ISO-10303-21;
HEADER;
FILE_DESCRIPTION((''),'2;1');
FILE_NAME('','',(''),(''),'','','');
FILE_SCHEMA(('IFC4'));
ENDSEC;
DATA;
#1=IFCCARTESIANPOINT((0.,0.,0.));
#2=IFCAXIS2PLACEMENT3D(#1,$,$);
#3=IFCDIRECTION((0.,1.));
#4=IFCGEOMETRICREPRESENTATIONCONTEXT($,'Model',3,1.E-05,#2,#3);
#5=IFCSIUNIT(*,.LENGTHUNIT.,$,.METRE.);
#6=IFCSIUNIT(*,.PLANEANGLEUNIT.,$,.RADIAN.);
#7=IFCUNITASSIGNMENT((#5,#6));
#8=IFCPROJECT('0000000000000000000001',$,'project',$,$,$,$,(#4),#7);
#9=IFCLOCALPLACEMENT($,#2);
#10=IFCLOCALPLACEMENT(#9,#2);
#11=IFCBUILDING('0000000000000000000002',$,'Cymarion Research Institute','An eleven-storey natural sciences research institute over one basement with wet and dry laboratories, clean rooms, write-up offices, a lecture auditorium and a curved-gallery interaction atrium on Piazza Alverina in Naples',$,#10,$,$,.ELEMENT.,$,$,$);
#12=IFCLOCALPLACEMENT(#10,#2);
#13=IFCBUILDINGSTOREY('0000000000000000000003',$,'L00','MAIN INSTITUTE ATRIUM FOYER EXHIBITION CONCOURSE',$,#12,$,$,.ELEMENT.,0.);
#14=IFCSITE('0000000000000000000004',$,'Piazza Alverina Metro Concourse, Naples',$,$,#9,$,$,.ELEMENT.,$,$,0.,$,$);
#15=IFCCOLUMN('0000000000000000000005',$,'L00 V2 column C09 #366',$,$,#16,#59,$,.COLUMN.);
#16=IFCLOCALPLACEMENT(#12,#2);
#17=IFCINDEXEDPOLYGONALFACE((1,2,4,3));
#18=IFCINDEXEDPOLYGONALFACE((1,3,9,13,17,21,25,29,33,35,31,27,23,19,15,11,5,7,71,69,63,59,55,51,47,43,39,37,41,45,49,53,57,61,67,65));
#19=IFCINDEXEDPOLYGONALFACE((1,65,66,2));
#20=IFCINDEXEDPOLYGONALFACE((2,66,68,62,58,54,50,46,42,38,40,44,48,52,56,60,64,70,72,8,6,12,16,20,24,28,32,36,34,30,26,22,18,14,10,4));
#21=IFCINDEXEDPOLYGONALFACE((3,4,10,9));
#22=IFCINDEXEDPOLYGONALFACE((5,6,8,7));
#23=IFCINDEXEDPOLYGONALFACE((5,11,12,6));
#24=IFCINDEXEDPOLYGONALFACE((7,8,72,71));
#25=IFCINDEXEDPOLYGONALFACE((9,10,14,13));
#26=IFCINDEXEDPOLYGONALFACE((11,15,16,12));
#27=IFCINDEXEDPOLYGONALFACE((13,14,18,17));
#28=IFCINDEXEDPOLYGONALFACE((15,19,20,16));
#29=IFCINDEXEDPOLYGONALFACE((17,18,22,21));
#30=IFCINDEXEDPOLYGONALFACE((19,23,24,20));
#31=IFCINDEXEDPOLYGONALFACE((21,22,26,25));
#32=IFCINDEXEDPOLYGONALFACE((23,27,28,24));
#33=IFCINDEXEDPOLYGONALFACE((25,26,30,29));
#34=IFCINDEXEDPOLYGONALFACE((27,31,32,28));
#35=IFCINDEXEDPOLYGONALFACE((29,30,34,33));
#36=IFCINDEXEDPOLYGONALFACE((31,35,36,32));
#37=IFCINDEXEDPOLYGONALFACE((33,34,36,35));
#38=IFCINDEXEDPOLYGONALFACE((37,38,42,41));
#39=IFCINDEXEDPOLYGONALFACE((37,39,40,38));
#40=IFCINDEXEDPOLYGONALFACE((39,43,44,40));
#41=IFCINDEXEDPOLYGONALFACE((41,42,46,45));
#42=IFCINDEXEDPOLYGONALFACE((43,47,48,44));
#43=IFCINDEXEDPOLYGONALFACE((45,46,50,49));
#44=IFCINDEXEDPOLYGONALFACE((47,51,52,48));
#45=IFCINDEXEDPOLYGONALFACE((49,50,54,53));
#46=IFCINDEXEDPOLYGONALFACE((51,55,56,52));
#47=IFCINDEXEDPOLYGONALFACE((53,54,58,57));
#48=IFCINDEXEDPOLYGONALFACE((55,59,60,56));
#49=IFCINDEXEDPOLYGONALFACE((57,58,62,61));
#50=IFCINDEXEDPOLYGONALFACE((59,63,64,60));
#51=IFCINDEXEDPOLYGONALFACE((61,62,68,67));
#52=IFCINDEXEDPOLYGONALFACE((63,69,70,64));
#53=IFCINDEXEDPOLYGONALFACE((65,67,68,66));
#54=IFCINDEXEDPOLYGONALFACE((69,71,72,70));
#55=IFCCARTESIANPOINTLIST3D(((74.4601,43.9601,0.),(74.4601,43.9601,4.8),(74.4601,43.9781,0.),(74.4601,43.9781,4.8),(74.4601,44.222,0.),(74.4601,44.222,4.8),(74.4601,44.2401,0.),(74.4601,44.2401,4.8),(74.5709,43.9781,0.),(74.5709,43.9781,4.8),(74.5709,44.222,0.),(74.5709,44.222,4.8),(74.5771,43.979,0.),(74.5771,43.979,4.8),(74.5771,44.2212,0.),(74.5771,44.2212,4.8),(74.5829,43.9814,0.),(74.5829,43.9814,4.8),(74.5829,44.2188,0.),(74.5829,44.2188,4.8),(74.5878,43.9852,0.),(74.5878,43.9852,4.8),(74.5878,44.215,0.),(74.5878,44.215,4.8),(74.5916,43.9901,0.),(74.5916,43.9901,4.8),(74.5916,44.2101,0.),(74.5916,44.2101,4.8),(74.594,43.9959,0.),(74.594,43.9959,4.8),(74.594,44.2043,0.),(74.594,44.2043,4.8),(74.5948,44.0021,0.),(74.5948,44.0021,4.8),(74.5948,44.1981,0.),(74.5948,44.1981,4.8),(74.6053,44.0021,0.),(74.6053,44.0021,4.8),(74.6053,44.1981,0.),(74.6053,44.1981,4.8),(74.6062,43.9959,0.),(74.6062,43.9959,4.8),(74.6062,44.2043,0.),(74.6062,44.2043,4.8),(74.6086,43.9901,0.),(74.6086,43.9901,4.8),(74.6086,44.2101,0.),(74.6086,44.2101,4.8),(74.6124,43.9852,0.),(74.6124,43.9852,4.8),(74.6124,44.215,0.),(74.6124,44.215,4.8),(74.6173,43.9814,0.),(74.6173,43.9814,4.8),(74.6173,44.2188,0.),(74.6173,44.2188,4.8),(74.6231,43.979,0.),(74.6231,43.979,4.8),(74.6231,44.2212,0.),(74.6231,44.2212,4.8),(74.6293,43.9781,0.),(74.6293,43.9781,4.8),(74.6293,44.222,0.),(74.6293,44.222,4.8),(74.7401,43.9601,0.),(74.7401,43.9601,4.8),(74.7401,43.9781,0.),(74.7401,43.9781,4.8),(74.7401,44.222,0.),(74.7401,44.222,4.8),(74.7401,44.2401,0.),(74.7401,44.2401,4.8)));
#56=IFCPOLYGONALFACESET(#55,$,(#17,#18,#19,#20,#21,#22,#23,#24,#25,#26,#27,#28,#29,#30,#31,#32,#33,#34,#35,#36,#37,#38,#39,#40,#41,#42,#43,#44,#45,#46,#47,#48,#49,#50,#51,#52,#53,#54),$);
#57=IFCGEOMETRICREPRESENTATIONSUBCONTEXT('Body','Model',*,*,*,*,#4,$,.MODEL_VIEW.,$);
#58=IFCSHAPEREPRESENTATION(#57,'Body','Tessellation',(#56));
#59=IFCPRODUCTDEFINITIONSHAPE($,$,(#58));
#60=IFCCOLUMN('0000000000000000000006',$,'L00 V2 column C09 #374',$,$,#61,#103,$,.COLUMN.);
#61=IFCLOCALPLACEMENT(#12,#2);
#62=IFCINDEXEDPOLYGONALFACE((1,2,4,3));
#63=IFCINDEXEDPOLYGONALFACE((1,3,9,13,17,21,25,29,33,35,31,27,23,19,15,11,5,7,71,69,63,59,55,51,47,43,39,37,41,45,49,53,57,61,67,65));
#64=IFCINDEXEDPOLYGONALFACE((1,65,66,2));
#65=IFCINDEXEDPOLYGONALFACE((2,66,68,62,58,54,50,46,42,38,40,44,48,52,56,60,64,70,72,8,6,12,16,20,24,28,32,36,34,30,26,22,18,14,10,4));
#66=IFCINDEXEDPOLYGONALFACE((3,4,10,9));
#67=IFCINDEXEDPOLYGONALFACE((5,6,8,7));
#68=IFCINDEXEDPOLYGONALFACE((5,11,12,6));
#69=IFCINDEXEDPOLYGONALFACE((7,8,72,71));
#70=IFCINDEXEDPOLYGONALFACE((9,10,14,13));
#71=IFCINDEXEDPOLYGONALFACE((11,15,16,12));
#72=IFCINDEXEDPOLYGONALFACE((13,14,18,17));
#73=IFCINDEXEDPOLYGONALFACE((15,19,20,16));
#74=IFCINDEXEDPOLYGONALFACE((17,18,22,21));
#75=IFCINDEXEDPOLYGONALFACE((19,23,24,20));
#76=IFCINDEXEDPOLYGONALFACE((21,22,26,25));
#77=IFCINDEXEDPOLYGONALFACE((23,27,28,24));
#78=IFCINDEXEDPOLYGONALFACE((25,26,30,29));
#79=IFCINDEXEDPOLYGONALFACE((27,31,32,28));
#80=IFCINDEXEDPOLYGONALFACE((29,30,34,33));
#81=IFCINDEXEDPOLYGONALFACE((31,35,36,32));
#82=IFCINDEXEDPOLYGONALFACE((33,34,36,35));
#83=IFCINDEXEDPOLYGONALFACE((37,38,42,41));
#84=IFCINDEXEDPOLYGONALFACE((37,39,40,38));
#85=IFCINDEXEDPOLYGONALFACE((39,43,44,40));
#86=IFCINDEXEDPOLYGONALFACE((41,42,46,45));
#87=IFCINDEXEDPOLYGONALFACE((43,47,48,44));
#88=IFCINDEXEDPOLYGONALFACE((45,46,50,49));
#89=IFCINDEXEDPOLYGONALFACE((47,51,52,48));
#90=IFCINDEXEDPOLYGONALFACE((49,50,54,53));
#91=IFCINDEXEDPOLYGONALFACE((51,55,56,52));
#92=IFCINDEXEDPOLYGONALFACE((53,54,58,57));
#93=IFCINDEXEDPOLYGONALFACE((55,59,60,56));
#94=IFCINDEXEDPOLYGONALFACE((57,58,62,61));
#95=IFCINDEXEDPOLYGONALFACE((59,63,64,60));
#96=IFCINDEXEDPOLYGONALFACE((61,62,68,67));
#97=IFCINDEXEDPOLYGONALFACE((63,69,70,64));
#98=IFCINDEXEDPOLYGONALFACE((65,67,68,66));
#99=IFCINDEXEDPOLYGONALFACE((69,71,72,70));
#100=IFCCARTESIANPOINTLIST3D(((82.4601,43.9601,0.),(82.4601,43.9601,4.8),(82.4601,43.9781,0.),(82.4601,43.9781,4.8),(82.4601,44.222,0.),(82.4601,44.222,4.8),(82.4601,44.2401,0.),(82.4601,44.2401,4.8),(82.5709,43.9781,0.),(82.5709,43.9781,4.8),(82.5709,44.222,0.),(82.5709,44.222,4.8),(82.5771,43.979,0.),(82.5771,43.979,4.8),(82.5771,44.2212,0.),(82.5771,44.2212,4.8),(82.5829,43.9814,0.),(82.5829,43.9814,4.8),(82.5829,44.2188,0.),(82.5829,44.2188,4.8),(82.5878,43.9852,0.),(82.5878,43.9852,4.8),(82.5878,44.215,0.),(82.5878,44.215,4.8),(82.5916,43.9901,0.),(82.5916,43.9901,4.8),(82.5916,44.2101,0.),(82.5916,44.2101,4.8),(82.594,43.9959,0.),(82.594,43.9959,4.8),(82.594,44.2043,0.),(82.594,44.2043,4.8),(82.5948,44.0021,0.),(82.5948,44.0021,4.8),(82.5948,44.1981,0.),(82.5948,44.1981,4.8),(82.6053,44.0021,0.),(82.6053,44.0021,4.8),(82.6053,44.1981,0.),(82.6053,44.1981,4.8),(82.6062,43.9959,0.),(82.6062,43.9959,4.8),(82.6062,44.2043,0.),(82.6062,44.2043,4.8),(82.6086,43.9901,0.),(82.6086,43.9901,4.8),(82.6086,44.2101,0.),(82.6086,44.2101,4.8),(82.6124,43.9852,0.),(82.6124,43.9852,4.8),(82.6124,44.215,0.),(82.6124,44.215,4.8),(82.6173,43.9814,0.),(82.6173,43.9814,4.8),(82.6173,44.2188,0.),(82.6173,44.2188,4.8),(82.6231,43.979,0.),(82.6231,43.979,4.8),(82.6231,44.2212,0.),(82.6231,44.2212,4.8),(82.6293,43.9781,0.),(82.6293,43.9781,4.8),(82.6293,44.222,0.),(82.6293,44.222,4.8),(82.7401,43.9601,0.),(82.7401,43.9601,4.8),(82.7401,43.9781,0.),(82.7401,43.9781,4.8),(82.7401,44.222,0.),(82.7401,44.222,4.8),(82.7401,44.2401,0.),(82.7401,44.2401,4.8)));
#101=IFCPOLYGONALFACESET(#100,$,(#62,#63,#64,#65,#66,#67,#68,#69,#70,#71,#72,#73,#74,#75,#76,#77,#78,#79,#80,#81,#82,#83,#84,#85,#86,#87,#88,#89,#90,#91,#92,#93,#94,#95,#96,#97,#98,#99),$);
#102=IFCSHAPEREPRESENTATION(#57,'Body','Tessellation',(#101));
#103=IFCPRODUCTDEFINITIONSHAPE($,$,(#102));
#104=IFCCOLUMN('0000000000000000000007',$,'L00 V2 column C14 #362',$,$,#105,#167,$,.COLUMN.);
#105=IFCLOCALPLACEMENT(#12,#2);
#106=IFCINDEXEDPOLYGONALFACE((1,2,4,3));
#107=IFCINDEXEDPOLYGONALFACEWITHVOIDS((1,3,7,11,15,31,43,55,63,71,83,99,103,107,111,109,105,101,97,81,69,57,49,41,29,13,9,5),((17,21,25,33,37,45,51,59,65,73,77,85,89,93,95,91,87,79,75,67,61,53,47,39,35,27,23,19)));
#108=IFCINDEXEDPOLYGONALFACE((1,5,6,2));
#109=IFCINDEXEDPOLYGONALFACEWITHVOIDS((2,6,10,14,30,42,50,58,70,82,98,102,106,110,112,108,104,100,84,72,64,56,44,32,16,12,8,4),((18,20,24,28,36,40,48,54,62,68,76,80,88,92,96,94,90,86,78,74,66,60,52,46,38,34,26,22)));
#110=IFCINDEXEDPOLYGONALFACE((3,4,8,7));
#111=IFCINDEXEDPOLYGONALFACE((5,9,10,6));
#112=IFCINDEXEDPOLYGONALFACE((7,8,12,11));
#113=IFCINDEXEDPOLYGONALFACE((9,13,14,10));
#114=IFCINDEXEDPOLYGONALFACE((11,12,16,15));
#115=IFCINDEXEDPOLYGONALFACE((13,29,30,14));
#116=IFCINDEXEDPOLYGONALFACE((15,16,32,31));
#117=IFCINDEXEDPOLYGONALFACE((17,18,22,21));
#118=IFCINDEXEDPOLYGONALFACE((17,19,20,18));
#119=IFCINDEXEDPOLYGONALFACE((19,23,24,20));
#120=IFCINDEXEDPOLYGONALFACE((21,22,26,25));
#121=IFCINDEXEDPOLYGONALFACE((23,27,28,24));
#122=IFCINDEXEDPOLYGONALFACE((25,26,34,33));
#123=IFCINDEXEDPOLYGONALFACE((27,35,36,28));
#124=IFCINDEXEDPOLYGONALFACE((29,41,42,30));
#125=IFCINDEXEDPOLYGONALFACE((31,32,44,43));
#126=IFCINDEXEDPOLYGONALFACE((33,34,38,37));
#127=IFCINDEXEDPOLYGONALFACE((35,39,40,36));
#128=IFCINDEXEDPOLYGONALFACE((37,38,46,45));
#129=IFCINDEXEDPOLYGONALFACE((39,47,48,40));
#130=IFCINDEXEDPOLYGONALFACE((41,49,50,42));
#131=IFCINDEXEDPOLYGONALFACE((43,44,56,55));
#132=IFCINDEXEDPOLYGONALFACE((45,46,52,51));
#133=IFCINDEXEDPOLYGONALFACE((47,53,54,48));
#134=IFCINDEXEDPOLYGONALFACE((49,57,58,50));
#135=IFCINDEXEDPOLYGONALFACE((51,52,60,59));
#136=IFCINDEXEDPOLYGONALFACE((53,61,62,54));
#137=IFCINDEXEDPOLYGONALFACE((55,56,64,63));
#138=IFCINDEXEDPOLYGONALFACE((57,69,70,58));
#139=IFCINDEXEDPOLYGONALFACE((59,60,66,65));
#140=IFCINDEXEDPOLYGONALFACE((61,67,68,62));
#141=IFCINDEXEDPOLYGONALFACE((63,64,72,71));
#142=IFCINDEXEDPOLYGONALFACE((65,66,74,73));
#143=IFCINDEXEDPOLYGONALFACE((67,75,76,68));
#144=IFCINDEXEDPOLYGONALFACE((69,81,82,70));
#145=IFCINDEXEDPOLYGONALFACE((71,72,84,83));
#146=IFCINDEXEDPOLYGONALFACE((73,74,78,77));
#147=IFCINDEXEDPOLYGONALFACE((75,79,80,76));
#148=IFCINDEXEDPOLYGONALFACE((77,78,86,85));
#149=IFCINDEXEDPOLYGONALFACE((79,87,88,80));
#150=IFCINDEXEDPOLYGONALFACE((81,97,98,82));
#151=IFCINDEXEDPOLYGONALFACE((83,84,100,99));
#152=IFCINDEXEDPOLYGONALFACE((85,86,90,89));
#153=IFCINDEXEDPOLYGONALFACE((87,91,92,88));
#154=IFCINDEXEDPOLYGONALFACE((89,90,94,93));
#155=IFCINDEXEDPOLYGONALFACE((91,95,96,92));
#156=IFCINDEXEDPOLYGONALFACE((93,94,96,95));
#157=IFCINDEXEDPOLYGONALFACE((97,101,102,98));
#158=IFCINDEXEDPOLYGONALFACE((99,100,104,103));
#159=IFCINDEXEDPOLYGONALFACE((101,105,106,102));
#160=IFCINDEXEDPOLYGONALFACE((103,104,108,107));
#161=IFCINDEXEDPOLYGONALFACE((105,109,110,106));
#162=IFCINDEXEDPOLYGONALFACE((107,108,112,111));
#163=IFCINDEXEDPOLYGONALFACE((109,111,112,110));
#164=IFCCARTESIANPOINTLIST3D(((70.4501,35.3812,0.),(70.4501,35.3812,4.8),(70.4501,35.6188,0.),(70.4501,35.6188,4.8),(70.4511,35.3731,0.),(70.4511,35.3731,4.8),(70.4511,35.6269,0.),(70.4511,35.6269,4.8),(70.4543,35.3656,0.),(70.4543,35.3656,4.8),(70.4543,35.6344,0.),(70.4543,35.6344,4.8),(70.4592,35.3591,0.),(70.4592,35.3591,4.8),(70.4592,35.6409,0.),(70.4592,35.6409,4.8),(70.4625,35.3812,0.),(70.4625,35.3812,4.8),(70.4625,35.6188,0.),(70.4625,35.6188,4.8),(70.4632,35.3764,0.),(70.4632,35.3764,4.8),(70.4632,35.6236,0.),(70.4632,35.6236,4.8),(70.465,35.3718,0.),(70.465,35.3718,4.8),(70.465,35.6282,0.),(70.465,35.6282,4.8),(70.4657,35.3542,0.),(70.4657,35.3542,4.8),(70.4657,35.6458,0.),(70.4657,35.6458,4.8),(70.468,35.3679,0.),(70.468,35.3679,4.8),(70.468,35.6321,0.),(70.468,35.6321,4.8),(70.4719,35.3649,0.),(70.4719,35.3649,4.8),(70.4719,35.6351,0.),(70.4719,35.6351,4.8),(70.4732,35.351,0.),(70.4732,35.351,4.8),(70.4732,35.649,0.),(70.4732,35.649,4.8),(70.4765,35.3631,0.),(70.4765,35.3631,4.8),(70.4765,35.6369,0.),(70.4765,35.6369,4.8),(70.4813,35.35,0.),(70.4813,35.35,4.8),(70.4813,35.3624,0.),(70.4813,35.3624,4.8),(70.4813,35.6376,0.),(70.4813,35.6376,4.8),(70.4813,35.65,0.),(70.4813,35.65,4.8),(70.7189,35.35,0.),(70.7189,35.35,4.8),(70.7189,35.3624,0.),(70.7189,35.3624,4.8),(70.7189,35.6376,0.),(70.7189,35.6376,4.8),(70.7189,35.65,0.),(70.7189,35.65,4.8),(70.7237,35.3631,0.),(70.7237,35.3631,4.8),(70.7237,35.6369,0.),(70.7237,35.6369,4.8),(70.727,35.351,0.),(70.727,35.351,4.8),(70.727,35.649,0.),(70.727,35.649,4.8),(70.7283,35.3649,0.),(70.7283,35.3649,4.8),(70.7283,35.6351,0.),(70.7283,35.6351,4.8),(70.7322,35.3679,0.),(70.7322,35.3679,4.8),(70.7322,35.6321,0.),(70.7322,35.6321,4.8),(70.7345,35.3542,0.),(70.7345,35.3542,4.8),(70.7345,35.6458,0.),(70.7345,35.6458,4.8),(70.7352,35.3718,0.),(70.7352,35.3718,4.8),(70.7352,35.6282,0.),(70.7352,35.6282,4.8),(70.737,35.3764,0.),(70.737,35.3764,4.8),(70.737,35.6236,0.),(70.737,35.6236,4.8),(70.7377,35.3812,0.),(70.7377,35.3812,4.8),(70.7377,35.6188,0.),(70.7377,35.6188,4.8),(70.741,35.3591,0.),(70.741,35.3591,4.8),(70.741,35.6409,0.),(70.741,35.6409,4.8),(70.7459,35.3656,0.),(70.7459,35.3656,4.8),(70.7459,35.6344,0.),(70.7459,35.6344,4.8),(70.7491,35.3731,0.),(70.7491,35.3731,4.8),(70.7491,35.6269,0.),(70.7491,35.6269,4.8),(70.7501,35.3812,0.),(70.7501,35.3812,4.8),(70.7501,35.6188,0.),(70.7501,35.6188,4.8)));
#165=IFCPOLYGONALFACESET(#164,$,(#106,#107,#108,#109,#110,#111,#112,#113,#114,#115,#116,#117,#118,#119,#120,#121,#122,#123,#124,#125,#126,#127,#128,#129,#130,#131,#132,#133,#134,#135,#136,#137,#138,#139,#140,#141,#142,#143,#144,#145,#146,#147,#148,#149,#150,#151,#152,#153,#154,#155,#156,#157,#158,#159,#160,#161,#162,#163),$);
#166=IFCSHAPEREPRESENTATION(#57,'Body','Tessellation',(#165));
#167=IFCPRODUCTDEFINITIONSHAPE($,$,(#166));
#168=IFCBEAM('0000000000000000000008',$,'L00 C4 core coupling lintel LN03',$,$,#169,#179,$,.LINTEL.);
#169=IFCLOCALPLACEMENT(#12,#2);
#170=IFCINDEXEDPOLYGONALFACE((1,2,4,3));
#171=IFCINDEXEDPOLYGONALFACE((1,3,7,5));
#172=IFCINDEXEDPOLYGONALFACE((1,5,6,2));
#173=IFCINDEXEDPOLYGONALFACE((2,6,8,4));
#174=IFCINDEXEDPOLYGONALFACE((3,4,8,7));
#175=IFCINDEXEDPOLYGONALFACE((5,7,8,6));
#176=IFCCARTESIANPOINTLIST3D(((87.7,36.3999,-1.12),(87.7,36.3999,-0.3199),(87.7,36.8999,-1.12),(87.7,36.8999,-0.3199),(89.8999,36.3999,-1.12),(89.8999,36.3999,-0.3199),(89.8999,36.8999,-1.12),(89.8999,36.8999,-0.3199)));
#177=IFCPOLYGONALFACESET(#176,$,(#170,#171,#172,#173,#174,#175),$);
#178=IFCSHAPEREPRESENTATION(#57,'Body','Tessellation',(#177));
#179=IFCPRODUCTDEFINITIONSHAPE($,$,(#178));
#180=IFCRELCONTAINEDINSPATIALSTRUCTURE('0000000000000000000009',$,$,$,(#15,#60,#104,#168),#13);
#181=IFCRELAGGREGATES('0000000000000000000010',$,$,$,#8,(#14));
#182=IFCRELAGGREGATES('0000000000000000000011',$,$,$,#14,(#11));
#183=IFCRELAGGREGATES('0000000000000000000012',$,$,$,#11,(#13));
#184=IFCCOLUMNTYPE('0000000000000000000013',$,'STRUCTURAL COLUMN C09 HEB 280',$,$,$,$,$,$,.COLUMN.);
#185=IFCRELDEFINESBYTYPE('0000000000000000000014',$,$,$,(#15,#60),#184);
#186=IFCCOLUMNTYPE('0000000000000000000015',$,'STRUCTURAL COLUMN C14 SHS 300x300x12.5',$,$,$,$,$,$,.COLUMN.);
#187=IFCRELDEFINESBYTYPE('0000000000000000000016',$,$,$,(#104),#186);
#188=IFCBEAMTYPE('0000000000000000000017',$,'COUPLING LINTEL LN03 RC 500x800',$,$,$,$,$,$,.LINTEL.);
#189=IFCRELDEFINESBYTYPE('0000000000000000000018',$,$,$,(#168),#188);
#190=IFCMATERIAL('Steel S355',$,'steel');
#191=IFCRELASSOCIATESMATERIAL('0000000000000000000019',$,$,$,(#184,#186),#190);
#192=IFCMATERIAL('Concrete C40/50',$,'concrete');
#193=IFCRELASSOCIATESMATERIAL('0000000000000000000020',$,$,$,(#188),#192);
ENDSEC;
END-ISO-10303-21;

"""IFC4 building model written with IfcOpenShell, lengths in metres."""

from ifc_helpers import new_model, si_unit, direction, frame, origin, origin_2d, place, context, subcontext, project, spatial, rectangle, hollow_rectangle, i_section, extrude, material, material_profile, profile_set, type_object, element, save


model = new_model("IFC4")

# Units and contexts
model_context = context("Model", 3, precision=1e-05, world=origin(), true_north=direction((0.0, 1.0)))
body_context = subcontext(model_context, "Body", "Model", "MODEL_VIEW")
ifc_project = project(units=[si_unit("LENGTHUNIT", "METRE"), si_unit("PLANEANGLEUNIT", "RADIAN")], contexts=[model_context])

# Site, building, storey
site_placement = place(None, origin())
site = spatial("IfcSite", under=ifc_project, at=site_placement, Name="Piazza Alverina Metro Concourse, Naples", CompositionType="ELEMENT", RefElevation=0.0)
building_placement = place(site_placement, origin())
building = spatial("IfcBuilding", under=site, at=building_placement, Name="Cymarion Research Institute", Description="An eleven-storey natural sciences research institute over one basement with wet and dry laboratories, clean rooms, write-up offices, a lecture auditorium and a curved-gallery interaction atrium on Piazza Alverina in Naples", CompositionType="ELEMENT")
storey_placement = place(building_placement, origin())
storey = spatial("IfcBuildingStorey", under=building, at=storey_placement, Name="L00", Description="MAIN INSTITUTE ATRIUM FOYER EXHIBITION CONCOURSE", CompositionType="ELEMENT", Elevation=0.0)

# Columns
ifc_material_1 = material(Name="Steel S355", Category="steel")
ifc_material_profile_1 = material_profile(ifc_material_1, i_section(OverallWidth=0.28, OverallDepth=0.28, WebThickness=0.0105, FlangeThickness=0.0181, FilletRadius=0.0239, at=origin_2d()), Name="HEB 280")
ifc_profile_set_1 = profile_set([ifc_material_profile_1], Name="Steel S355")
column_type_1 = type_object("IfcColumnType", Name="STRUCTURAL COLUMN C09 HEB 280", PredefinedType="COLUMN", material=ifc_profile_set_1)
for number, where, z_axis, x_axis, name in (
    (1, (74.6001, 44.1001, 0.0), (0.0, 0.0, 1.0), (1.0, 0.0, 0.0), "L00 V2 column C09 #366"),
    (2, (82.6001, 44.1001, 0.0), (0.0, 0.0, 1.0), (1.0, 0.0, 0.0), "L00 V2 column C09 #374"),
):
    element("IfcColumn", number, at=place(storey_placement, frame(where, z_axis=z_axis, x_axis=x_axis)), inside=storey, type_object=column_type_1, Name=name, PredefinedType="COLUMN", context=body_context, shape_type="SweptSolid", body=[
        extrude(i_section(OverallWidth=0.28, OverallDepth=0.28, WebThickness=0.0105, FlangeThickness=0.0181, FilletRadius=0.0239, at=origin_2d()), origin(), (0.0, 0.0, 1.0), 4.8),
    ])
ifc_material_profile_2 = material_profile(ifc_material_1, hollow_rectangle(XDim=0.3, YDim=0.3, WallThickness=0.0125, InnerFilletRadius=0.0188, OuterFilletRadius=0.0312, at=origin_2d()), Name="SHS 300x300x12.5")
ifc_profile_set_2 = profile_set([ifc_material_profile_2], Name="Steel S355")
column_type_2 = type_object("IfcColumnType", Name="STRUCTURAL COLUMN C14 SHS 300x300x12.5", PredefinedType="COLUMN", material=ifc_profile_set_2)
column_1_placement = place(storey_placement, frame((70.6001, 35.5, 0.0), z_axis=(0.0, 0.0, 1.0), x_axis=(1.0, 0.0, 0.0)))
element("IfcColumn", 3, at=column_1_placement, inside=storey, type_object=column_type_2, Name="L00 V2 column C14 #362", PredefinedType="COLUMN", context=body_context, shape_type="SweptSolid", body=[
    extrude(hollow_rectangle(XDim=0.3, YDim=0.3, WallThickness=0.0125, InnerFilletRadius=0.0188, OuterFilletRadius=0.0312, at=origin_2d()), origin(), (0.0, 0.0, 1.0), 4.8),
])

# Beam
ifc_material_2 = material(Name="Concrete C40/50", Category="concrete")
ifc_material_profile_3 = material_profile(ifc_material_2, rectangle(XDim=0.5, YDim=0.8, at=origin_2d()), Name="RC 500x800")
ifc_profile_set_3 = profile_set([ifc_material_profile_3], Name="Concrete C40/50")
beam_type_1 = type_object("IfcBeamType", Name="COUPLING LINTEL LN03 RC 500x800", PredefinedType="LINTEL", material=ifc_profile_set_3)
beam_1_placement = place(storey_placement, frame((87.7, 36.6499, -0.72), z_axis=(1.0, 0.0, 0.0), x_axis=(0.0, 1.0, 0.0)))
element("IfcBeam", 4, at=beam_1_placement, inside=storey, type_object=beam_type_1, Name="L00 C4 core coupling lintel LN03", PredefinedType="LINTEL", context=body_context, shape_type="SweptSolid", body=[
    extrude(rectangle(XDim=0.5, YDim=0.8, at=origin_2d()), origin(), (0.0, 0.0, 1.0), 2.2),
])

save(model, "model.ifc")
